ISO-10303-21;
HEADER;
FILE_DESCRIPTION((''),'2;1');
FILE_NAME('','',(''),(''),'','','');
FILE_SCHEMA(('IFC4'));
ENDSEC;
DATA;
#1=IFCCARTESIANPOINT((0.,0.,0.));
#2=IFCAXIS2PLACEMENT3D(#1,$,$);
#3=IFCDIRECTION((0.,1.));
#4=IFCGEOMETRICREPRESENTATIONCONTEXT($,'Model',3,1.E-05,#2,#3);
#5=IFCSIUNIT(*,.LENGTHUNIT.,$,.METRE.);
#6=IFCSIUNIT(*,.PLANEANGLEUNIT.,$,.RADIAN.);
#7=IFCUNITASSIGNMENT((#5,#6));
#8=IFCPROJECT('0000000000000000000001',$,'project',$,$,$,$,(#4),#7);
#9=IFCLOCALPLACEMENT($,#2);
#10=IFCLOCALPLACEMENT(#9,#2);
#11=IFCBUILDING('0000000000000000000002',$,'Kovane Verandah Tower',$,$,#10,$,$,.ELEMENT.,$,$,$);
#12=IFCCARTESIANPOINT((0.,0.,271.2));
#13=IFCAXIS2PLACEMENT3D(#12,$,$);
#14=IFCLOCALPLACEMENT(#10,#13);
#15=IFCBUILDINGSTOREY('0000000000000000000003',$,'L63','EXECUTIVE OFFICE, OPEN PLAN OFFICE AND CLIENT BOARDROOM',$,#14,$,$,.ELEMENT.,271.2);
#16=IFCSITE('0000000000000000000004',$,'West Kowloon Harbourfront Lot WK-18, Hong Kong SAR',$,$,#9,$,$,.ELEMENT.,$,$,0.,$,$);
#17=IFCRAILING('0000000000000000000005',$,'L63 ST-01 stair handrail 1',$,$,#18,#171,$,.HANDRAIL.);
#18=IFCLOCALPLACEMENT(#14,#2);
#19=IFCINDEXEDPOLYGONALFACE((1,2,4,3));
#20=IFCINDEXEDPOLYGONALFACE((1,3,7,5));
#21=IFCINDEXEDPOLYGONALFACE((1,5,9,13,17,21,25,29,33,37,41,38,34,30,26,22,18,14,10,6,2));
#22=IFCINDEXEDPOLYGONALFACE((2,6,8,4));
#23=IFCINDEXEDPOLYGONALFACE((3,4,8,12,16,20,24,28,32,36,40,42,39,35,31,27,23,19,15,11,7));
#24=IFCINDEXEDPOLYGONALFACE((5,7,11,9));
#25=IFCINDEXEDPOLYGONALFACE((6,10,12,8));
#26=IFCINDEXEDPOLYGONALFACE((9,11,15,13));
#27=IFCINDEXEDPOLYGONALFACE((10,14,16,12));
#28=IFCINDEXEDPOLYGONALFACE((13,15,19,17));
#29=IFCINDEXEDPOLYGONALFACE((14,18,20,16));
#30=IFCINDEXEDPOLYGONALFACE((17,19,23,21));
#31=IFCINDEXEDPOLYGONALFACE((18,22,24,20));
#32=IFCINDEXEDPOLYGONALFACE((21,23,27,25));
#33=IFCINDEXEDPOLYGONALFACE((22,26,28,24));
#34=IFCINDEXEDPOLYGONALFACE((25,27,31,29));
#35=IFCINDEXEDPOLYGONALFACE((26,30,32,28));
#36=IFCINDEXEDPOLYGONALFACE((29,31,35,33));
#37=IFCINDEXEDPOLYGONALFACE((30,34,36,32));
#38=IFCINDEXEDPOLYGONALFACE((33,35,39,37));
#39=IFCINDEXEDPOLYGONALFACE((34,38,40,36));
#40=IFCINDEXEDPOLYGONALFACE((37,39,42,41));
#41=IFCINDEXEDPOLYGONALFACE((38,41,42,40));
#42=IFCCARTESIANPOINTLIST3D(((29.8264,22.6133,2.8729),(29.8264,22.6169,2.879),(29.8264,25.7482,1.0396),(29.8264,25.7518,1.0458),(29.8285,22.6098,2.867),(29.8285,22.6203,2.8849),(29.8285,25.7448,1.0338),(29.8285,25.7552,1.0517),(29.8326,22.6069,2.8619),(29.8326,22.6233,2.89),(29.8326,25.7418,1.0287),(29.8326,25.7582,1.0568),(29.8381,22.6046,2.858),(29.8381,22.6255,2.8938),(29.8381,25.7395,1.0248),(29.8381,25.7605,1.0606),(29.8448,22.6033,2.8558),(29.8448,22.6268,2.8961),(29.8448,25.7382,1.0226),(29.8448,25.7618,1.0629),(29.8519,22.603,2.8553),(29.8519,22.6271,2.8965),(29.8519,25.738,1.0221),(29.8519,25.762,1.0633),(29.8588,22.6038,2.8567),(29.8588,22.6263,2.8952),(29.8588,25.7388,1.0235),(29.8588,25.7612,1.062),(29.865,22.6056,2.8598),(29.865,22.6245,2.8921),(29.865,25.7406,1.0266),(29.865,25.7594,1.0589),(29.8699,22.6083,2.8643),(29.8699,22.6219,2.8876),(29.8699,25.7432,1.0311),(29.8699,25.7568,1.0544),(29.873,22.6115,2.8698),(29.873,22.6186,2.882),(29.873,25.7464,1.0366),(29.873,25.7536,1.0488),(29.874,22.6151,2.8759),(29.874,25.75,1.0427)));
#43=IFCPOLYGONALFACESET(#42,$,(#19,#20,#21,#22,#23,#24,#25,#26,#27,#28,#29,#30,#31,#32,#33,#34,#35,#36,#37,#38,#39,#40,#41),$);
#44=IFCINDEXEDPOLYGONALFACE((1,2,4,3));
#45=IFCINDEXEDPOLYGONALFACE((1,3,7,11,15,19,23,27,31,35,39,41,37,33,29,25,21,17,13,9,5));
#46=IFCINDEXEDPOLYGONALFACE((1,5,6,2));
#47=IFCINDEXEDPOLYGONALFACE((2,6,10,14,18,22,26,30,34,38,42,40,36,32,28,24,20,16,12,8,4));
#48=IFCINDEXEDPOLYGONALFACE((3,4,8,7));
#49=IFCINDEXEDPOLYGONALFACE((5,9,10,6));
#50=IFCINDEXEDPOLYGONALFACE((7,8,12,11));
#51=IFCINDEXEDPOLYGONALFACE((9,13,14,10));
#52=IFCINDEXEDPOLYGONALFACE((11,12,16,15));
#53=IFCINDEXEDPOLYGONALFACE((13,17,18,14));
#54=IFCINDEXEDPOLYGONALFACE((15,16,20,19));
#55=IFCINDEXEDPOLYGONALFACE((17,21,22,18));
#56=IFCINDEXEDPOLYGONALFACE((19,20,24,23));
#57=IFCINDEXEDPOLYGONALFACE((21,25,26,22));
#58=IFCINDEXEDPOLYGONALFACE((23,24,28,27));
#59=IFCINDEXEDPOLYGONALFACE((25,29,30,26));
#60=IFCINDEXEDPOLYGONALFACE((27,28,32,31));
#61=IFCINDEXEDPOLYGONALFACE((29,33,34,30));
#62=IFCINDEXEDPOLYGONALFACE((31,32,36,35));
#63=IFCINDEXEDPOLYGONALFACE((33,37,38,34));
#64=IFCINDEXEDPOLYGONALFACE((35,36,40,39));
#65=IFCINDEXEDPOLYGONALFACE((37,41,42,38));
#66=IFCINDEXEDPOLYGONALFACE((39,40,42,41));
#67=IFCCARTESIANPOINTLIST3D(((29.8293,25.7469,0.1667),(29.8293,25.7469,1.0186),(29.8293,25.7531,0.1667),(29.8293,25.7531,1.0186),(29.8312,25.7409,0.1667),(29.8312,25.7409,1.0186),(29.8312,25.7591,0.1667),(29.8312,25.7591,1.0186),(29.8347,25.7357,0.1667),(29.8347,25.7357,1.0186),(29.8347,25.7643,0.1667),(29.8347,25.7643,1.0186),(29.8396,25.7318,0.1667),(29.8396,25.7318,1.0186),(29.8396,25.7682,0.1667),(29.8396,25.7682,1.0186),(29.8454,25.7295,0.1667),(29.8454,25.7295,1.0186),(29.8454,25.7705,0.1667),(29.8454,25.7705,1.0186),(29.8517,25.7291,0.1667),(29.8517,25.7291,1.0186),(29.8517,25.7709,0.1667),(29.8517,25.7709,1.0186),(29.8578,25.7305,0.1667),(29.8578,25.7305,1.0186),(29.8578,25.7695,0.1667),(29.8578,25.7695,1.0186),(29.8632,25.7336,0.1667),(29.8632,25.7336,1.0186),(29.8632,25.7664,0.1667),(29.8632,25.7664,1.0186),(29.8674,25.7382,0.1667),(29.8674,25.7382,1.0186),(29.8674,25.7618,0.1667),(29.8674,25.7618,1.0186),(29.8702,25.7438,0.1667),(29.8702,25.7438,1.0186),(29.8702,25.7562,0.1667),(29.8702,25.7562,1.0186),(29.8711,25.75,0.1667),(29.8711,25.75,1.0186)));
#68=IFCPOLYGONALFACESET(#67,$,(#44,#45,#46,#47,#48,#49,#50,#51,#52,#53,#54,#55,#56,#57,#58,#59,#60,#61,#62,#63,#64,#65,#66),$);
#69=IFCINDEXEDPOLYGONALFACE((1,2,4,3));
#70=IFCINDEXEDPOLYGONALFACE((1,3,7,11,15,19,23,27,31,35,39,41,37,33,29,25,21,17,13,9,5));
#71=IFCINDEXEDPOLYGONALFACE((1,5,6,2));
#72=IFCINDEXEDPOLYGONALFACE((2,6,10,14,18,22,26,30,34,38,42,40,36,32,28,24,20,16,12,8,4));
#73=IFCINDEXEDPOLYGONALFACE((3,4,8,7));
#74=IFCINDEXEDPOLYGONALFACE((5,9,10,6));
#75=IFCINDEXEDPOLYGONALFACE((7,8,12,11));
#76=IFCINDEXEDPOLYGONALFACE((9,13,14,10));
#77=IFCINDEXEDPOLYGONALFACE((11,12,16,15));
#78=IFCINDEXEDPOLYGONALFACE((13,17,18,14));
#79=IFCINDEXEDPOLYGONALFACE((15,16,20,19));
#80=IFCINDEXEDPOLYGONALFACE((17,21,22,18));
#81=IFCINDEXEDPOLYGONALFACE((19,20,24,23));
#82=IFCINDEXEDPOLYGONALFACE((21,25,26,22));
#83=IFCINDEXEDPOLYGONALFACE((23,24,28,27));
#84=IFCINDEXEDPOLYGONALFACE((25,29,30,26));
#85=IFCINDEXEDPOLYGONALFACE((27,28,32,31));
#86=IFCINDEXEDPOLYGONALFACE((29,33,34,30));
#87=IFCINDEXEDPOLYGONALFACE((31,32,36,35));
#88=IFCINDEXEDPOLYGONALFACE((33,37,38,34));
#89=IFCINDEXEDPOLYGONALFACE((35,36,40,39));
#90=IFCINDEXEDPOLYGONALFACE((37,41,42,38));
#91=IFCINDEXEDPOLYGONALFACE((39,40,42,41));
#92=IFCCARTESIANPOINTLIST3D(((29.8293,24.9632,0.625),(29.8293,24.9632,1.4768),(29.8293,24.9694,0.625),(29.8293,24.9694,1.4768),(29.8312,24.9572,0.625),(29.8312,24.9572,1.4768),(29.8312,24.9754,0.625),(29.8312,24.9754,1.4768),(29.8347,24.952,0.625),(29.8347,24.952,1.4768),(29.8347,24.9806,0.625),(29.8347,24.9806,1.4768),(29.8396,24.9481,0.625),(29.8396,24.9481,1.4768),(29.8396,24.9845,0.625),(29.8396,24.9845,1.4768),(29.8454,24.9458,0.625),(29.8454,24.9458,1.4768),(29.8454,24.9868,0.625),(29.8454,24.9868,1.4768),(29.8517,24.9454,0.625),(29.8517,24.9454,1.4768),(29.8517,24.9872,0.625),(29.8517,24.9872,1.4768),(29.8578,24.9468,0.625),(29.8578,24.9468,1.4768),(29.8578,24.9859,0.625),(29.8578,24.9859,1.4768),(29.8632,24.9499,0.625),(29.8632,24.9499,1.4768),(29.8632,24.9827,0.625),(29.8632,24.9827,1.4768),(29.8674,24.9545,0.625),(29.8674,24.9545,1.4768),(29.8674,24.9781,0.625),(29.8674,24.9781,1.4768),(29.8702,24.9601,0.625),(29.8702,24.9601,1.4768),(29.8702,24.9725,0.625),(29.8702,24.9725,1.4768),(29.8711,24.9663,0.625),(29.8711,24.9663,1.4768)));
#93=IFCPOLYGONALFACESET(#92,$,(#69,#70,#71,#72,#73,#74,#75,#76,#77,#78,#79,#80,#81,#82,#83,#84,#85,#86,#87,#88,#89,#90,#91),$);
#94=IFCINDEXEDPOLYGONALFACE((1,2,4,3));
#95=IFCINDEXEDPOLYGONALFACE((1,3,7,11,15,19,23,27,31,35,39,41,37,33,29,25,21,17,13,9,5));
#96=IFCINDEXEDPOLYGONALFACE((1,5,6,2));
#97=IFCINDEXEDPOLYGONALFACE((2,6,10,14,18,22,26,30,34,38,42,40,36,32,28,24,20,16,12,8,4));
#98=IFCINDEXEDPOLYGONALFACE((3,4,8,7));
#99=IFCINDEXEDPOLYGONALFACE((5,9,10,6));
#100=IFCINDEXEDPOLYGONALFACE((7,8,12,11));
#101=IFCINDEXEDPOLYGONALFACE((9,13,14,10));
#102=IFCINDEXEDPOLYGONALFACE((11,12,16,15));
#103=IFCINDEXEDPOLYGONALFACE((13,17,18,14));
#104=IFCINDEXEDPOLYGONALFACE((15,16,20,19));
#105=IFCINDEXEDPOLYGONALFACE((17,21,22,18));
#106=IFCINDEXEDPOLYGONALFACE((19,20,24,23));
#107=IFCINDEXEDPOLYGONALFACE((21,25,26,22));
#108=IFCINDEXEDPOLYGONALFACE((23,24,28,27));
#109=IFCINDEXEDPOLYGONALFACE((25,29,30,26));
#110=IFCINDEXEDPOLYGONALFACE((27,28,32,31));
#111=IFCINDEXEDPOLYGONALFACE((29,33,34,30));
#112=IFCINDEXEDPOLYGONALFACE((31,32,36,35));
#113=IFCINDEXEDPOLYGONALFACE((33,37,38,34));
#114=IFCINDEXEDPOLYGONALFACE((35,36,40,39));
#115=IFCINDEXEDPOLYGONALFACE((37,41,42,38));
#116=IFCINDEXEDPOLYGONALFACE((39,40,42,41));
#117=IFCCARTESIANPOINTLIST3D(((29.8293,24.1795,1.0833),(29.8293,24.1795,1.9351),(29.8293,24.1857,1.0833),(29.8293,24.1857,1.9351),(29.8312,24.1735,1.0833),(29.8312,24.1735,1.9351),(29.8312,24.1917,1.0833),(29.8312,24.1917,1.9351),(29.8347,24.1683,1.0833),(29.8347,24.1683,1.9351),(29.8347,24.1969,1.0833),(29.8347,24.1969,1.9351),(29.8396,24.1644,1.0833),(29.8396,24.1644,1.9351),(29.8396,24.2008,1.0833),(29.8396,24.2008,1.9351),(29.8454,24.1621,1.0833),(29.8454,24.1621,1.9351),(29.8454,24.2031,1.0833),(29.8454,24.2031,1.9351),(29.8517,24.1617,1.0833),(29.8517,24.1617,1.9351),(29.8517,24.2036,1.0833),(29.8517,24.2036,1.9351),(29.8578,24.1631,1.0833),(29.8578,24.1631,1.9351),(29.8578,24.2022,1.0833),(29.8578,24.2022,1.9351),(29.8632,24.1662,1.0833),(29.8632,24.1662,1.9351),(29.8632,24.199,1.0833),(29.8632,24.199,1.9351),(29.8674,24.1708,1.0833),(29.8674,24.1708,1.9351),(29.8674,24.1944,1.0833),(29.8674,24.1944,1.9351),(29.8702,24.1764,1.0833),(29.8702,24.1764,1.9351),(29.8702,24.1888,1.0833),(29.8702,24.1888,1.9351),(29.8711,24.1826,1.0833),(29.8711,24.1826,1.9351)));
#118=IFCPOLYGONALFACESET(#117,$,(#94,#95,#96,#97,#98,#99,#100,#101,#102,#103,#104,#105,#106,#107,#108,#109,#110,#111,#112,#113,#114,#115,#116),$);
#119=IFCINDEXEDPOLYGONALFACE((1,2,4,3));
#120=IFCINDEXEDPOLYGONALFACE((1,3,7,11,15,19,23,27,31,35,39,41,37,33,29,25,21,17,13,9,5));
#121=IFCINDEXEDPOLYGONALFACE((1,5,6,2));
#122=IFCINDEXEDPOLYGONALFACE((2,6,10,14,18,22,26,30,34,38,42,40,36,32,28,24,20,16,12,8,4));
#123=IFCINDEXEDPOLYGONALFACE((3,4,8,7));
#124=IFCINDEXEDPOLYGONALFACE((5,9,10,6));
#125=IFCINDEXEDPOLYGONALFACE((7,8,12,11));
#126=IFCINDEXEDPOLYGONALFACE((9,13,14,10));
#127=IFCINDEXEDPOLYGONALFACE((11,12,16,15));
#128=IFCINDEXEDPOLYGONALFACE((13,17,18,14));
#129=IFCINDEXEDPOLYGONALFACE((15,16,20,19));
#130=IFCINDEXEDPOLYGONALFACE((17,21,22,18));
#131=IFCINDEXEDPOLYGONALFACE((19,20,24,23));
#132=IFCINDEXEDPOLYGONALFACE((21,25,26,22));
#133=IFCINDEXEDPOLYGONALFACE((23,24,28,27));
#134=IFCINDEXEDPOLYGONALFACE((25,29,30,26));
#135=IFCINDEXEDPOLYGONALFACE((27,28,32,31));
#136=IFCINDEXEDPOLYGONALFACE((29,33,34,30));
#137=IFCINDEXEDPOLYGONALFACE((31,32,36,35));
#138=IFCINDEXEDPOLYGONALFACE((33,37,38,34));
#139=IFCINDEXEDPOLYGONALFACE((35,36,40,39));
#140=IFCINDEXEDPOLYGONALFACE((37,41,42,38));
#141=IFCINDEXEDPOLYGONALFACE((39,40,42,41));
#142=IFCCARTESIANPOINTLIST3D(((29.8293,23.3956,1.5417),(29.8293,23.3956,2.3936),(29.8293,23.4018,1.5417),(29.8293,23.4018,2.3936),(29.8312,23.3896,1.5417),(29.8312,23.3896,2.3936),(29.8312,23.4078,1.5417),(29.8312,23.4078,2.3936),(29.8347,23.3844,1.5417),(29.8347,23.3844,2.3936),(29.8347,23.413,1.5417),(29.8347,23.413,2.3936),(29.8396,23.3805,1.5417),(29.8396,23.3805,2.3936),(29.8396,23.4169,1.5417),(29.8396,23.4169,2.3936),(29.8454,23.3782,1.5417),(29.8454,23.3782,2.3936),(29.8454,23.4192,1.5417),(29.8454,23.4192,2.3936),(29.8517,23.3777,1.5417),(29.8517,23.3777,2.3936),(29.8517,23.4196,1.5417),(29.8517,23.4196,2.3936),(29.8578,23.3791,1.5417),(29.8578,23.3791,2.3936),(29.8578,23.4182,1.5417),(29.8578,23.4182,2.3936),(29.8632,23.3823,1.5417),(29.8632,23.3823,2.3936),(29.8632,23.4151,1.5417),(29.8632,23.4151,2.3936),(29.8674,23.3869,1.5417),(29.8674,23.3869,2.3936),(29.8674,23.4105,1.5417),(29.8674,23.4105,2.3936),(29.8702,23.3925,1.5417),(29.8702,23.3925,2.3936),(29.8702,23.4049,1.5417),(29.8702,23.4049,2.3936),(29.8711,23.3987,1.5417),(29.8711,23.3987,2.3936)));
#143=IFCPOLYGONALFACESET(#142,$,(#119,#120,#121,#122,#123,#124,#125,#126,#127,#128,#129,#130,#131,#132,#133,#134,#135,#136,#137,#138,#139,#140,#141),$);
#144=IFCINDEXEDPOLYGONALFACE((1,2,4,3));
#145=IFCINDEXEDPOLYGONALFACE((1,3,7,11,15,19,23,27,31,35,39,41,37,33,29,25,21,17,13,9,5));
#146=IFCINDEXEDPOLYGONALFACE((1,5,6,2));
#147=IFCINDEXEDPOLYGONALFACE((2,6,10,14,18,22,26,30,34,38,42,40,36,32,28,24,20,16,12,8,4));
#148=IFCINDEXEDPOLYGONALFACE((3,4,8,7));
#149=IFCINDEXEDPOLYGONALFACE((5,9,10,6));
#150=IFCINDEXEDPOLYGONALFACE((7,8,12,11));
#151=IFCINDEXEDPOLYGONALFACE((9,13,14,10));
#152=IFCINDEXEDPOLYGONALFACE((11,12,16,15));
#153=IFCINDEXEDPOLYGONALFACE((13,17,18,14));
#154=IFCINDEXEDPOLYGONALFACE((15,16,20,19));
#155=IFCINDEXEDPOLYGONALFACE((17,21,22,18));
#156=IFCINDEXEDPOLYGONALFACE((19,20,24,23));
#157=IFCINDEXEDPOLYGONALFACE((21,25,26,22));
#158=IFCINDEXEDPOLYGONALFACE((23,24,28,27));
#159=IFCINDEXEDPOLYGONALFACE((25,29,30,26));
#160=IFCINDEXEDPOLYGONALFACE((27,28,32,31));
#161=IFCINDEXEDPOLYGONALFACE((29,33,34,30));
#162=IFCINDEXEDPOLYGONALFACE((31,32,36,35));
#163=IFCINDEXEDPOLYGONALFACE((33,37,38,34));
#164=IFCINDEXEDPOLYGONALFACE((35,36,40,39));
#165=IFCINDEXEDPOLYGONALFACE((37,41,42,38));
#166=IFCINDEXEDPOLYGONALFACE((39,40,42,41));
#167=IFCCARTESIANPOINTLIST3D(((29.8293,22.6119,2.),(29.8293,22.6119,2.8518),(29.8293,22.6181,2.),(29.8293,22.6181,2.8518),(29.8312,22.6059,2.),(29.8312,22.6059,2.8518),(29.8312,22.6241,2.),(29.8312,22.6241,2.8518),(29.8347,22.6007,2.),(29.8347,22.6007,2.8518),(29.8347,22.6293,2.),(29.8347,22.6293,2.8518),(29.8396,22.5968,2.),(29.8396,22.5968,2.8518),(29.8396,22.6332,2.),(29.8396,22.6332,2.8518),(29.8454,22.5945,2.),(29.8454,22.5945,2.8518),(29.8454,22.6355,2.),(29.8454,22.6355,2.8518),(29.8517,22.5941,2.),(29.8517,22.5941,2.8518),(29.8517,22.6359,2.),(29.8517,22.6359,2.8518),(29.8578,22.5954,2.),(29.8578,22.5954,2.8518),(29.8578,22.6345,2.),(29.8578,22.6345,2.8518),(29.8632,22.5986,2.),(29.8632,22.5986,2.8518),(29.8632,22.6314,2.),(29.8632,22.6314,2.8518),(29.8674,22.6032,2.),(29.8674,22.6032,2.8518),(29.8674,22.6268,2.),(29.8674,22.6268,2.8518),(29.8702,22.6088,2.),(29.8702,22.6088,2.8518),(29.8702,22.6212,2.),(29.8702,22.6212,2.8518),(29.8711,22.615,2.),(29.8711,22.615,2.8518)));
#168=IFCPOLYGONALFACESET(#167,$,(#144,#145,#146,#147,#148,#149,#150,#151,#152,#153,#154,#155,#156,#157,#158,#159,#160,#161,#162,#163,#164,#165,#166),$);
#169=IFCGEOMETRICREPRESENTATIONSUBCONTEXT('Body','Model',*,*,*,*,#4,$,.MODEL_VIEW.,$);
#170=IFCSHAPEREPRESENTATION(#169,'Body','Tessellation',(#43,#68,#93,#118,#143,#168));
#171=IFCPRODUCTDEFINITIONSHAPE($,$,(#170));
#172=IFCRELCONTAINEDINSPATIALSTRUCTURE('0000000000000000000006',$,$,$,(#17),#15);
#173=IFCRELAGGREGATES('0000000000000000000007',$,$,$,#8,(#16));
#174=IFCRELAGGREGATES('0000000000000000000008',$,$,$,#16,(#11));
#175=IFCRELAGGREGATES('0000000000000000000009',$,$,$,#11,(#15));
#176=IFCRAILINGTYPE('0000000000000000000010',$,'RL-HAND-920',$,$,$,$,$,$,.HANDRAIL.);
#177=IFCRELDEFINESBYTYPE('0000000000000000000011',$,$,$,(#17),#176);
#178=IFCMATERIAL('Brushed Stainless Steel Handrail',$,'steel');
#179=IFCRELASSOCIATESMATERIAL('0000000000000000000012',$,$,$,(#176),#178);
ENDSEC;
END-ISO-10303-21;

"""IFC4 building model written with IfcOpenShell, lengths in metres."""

from ifc_helpers import new_model, si_unit, direction, frame, origin, origin_2d, place, context, subcontext, project, spatial, circle, extrude, material, type_object, element, save


model = new_model("IFC4")

# Units and contexts
model_context = context("Model", 3, precision=1e-05, world=origin(), true_north=direction((0.0, 1.0)))
body_context = subcontext(model_context, "Body", "Model", "MODEL_VIEW")
ifc_project = project(units=[si_unit("LENGTHUNIT", "METRE"), si_unit("PLANEANGLEUNIT", "RADIAN")], contexts=[model_context])

# Site, building, storey
site_placement = place(None, origin())
site = spatial("IfcSite", under=ifc_project, at=site_placement, Name="West Kowloon Harbourfront Lot WK-18, Hong Kong SAR", CompositionType="ELEMENT", RefElevation=0.0)
building_placement = place(site_placement, origin())
building = spatial("IfcBuilding", under=site, at=building_placement, Name="Kovane Verandah Tower", CompositionType="ELEMENT")
storey_placement = place(building_placement, frame((0.0, 0.0, 271.2)))
storey = spatial("IfcBuildingStorey", under=building, at=storey_placement, Name="L63", Description="EXECUTIVE OFFICE, OPEN PLAN OFFICE AND CLIENT BOARDROOM", CompositionType="ELEMENT", Elevation=271.2)

# Railing
ifc_material_1 = material(Name="Brushed Stainless Steel Handrail", Category="steel")
railing_type_1 = type_object("IfcRailingType", Name="RL-HAND-920", PredefinedType="HANDRAIL", material=ifc_material_1)
railing_1_placement = place(storey_placement, frame((29.8501, 25.75, 0.1667)))
element("IfcRailing", 1, at=railing_1_placement, inside=storey, type_object=railing_type_1, Name="L63 ST-01 stair handrail 1", PredefinedType="HANDRAIL", context=body_context, shape_type="SweptSolid", body=[
    extrude(circle(Radius=0.0239, at=origin_2d()), frame((0.0, 0.0, 0.876), z_axis=(0.0, -0.86324, 0.504794), x_axis=(1.0, 0.0, 0.0)), (0.0, 0.0, 1.0), 3.6316),
    extrude(circle(Radius=0.021, at=origin_2d()), origin(), (0.0, 0.0, 1.0), 0.8518),
    extrude(circle(Radius=0.021, at=origin_2d()), frame((0.0, -0.7837, 0.4583)), (0.0, 0.0, 1.0), 0.8518),
    extrude(circle(Radius=0.021, at=origin_2d()), frame((0.0, -1.5674, 0.9165)), (0.0, 0.0, 1.0), 0.8518),
    extrude(circle(Radius=0.021, at=origin_2d()), frame((0.0, -2.3513, 1.375)), (0.0, 0.0, 1.0), 0.8518),
    extrude(circle(Radius=0.021, at=origin_2d()), frame((0.0, -3.135, 1.8333)), (0.0, 0.0, 1.0), 0.8518),
])

save(model, "model.ifc")
